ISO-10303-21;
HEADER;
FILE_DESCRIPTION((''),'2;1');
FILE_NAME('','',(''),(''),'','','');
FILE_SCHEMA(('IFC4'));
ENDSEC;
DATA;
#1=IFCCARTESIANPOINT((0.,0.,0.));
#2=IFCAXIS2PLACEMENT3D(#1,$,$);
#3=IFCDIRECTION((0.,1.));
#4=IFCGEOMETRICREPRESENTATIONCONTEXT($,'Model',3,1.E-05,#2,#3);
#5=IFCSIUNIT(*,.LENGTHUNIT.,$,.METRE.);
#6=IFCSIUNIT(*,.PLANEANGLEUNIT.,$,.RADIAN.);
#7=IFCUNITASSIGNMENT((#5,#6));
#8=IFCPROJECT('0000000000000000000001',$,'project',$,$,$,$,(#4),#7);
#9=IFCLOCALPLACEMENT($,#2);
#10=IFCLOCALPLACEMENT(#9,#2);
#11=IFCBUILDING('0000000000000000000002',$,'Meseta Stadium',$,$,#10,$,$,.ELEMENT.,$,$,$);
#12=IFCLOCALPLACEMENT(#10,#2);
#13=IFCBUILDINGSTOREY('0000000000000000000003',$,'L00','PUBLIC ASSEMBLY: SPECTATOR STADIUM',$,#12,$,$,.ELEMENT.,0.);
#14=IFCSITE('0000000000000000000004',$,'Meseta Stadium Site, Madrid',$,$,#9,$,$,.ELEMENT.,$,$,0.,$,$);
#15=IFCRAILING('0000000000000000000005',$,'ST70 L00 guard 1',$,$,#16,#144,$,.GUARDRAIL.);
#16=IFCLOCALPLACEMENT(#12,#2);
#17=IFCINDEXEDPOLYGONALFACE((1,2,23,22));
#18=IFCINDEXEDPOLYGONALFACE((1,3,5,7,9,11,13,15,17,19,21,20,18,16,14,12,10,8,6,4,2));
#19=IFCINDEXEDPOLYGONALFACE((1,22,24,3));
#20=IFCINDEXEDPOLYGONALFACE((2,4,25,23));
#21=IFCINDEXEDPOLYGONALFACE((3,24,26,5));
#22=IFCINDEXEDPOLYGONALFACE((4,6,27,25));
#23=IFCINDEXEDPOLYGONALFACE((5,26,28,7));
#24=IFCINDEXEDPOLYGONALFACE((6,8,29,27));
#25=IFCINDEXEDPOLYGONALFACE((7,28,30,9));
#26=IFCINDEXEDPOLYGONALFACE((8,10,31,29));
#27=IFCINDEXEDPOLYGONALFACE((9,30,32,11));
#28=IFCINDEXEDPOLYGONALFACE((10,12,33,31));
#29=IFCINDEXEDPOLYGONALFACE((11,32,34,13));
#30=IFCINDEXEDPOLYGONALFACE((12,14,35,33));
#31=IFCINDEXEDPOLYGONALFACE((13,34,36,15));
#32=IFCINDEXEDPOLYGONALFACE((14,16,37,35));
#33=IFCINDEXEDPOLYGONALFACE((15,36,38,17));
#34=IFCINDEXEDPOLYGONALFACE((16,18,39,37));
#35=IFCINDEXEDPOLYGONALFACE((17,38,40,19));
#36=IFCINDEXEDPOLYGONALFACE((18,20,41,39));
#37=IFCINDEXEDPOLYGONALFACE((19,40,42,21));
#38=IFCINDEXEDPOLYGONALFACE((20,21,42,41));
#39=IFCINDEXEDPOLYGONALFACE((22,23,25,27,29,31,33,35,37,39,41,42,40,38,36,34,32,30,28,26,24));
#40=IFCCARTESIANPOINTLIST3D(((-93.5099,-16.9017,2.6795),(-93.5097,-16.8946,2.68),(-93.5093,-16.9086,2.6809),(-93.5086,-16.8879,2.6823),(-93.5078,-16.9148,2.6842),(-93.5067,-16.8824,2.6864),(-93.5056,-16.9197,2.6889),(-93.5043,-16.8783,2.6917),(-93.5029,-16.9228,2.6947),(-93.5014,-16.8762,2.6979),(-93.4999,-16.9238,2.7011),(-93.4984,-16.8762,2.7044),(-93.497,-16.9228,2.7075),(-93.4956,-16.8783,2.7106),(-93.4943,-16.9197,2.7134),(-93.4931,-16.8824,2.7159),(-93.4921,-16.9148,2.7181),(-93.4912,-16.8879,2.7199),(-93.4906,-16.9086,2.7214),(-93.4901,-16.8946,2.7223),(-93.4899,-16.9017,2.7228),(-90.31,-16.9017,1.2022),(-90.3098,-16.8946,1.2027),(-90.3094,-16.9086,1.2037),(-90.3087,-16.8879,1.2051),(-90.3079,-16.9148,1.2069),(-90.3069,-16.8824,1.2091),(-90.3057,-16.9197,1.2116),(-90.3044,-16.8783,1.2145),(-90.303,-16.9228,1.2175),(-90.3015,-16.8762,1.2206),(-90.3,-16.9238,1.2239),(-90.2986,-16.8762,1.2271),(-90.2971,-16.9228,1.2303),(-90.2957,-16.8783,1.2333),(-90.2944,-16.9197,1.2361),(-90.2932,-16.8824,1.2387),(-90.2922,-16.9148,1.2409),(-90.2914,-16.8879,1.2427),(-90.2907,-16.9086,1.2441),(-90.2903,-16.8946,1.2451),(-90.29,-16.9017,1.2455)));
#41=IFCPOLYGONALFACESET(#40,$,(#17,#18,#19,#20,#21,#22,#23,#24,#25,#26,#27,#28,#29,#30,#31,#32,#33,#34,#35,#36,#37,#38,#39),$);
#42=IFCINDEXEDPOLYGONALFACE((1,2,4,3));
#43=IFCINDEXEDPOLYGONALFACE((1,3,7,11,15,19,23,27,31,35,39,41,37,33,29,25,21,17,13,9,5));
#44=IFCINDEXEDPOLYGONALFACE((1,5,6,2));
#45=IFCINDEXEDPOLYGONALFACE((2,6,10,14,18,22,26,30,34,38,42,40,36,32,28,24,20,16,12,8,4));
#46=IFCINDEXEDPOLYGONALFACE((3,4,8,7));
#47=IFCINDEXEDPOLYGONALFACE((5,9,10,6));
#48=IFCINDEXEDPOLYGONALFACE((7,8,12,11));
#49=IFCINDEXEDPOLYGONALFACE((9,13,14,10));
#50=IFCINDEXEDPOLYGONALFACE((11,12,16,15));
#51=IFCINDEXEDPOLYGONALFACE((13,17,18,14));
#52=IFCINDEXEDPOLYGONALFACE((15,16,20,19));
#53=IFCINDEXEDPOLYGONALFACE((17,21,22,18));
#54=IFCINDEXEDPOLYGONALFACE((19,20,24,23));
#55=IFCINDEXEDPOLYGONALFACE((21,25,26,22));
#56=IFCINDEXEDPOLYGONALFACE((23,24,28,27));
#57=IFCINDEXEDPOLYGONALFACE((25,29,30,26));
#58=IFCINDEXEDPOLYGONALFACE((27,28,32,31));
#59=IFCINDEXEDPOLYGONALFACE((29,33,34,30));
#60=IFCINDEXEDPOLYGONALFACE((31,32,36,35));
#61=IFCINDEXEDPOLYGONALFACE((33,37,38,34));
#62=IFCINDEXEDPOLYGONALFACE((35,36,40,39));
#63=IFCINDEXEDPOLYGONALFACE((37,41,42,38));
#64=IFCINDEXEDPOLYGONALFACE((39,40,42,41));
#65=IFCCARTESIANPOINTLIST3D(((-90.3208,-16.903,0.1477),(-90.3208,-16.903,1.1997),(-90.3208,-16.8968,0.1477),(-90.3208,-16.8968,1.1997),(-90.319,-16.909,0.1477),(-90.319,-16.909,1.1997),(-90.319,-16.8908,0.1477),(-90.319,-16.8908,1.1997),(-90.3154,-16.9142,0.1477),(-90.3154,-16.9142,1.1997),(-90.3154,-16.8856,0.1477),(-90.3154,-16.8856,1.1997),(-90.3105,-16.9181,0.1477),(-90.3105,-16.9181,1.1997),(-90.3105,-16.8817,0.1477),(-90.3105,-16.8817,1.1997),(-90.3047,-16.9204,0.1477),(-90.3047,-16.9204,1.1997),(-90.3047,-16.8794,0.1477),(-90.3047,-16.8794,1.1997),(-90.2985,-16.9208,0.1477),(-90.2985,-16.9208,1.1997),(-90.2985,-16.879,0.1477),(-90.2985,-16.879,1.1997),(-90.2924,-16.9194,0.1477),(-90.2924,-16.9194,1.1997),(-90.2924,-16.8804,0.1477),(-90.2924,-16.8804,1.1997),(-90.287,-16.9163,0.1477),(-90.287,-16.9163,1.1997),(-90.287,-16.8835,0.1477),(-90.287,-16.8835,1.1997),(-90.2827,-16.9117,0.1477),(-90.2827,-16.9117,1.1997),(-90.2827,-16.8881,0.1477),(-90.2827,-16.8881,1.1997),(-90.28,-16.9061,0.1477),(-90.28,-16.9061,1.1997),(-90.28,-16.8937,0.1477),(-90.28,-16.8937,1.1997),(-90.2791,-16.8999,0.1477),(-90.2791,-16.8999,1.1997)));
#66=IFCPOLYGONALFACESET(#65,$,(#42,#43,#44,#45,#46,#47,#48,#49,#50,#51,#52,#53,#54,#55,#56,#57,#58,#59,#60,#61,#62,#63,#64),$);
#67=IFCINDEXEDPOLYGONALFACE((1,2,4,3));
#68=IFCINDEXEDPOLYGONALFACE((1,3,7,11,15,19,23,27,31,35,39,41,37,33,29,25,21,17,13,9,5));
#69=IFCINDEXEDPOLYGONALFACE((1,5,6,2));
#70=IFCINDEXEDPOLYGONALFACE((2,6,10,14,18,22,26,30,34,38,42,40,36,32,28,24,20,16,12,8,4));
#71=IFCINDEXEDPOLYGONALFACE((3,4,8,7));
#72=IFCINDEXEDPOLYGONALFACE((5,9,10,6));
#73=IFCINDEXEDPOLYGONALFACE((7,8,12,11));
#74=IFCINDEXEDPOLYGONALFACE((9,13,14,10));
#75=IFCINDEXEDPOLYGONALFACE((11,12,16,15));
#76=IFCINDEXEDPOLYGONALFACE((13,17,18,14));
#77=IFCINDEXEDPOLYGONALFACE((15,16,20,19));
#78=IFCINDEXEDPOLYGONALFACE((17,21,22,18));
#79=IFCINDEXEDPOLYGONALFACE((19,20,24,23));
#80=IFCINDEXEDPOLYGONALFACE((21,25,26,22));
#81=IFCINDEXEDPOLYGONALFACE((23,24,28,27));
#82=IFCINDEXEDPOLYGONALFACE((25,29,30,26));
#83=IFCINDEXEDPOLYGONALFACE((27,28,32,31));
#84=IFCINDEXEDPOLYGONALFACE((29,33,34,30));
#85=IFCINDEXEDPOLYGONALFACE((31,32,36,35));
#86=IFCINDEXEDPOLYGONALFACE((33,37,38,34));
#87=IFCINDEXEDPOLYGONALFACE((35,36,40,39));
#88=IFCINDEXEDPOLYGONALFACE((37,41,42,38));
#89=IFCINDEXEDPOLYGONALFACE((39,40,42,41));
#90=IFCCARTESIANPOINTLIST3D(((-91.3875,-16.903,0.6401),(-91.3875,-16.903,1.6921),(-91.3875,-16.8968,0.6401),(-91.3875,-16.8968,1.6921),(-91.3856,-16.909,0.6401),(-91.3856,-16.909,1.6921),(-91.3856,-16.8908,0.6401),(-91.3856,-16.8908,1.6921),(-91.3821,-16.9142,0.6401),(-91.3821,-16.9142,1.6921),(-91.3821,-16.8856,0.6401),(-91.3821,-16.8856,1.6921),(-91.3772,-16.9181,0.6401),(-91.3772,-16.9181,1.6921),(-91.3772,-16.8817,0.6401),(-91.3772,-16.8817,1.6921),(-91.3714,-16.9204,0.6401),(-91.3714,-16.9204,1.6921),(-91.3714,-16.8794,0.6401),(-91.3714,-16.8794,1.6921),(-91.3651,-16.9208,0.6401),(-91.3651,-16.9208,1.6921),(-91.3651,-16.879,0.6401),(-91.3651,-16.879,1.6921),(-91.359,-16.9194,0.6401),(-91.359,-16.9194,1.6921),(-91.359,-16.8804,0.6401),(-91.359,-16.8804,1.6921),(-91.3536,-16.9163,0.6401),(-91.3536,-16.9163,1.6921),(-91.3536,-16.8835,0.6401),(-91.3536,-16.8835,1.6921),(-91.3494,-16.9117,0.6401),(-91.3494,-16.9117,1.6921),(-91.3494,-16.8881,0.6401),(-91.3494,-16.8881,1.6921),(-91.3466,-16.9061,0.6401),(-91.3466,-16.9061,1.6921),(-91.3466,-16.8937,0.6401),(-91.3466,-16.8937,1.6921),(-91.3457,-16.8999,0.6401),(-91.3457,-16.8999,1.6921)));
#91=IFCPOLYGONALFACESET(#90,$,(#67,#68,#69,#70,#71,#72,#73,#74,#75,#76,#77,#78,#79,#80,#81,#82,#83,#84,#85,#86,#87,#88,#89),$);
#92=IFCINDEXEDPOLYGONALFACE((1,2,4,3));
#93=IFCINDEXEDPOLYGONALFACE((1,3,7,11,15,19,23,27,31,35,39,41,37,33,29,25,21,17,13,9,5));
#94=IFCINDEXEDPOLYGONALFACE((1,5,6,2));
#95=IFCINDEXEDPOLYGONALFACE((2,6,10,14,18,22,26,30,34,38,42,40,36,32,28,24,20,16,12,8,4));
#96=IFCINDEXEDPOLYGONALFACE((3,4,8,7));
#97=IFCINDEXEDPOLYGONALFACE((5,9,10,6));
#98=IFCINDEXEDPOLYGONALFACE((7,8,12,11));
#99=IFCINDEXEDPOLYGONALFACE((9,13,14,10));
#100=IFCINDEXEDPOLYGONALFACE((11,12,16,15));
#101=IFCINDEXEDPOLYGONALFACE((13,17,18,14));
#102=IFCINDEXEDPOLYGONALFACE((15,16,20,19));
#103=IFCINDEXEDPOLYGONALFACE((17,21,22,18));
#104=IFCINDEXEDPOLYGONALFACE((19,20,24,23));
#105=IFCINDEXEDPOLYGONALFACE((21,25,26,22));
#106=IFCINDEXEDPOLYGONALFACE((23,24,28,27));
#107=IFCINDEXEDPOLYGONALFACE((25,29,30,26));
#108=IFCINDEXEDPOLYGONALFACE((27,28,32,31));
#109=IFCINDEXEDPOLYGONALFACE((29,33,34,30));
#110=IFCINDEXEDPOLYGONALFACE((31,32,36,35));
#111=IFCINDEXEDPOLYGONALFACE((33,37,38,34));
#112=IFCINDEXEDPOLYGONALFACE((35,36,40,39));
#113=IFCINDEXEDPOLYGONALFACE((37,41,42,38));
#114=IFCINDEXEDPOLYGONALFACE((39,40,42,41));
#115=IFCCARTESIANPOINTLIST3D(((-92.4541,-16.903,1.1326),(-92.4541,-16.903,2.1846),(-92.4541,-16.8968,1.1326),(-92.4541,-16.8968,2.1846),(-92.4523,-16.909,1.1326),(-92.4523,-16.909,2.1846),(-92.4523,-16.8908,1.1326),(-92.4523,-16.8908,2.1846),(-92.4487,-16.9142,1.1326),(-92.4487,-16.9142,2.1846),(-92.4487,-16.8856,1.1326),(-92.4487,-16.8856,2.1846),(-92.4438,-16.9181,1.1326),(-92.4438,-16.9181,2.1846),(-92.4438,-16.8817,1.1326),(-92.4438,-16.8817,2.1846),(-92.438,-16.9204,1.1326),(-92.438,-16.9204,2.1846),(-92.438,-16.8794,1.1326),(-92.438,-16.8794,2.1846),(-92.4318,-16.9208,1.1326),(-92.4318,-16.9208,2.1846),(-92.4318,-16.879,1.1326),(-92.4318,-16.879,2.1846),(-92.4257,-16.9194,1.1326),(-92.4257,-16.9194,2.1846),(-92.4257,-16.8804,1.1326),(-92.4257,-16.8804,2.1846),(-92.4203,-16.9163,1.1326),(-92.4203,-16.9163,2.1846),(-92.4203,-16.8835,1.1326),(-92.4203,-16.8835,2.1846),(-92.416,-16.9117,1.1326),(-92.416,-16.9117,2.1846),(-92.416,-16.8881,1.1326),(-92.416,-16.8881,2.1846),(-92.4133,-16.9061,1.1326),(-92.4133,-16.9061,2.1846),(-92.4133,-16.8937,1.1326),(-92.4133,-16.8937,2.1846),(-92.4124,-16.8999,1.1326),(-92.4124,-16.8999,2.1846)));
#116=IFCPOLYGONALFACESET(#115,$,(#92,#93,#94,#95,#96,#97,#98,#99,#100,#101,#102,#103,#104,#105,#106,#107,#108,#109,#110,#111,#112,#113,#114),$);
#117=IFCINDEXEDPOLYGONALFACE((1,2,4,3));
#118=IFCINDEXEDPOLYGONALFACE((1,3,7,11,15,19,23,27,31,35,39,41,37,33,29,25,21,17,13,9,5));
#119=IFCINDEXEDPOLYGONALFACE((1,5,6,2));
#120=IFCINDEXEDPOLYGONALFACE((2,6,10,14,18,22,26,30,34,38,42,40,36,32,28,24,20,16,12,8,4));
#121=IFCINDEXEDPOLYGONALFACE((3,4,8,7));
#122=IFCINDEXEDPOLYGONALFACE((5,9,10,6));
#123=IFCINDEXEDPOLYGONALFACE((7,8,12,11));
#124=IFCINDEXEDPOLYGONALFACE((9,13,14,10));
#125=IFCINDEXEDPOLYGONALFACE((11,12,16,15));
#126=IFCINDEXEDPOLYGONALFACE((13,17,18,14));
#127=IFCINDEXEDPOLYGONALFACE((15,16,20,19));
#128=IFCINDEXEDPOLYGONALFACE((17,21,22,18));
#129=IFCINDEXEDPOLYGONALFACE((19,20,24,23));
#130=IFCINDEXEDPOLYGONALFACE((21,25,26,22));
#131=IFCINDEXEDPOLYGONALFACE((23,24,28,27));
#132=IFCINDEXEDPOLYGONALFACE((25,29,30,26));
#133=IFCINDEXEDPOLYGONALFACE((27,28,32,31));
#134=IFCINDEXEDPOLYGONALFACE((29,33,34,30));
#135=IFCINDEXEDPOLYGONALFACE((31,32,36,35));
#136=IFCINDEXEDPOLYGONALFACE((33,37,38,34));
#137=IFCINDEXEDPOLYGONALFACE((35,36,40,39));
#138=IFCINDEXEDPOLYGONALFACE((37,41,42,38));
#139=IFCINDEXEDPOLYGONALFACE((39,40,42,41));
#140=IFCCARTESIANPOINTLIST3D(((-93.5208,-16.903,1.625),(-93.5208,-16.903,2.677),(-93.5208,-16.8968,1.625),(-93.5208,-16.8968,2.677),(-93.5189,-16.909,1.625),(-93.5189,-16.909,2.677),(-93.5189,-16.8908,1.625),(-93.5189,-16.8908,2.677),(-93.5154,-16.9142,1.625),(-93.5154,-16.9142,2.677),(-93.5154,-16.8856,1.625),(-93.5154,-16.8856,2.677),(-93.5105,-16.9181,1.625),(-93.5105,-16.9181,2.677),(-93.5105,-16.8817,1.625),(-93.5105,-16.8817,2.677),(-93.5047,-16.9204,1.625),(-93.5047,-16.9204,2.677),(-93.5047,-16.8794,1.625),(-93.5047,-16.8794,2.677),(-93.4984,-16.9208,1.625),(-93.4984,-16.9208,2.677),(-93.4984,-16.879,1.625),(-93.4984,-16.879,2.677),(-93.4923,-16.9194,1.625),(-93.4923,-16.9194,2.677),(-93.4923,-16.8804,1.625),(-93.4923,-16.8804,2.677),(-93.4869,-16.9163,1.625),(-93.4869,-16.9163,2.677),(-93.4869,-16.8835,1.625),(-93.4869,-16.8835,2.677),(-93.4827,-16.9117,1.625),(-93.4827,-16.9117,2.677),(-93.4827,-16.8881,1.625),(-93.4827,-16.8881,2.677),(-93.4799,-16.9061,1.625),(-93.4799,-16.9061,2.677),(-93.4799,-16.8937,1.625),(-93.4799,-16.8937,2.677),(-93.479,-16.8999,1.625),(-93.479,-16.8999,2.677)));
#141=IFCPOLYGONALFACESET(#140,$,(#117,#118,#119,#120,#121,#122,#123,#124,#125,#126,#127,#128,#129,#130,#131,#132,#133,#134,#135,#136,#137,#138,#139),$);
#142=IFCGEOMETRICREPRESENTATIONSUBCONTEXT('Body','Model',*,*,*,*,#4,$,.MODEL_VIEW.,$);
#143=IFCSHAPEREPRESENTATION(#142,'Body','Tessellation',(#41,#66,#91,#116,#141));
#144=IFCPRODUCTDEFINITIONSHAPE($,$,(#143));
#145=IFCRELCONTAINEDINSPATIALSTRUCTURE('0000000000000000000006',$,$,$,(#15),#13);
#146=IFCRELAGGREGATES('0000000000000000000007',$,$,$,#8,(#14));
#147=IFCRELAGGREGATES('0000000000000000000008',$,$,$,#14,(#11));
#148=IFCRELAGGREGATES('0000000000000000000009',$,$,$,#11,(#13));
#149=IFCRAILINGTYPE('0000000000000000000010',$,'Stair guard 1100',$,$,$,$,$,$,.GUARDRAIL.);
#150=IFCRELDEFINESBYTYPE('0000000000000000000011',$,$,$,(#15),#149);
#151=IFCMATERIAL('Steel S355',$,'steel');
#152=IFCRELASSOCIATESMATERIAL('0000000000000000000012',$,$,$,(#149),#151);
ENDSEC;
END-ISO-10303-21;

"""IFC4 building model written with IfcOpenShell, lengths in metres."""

from ifc_helpers import new_model, si_unit, direction, frame, origin, origin_2d, place, context, subcontext, project, spatial, circle, extrude, material, type_object, element, save


model = new_model("IFC4")

# Units and contexts
model_context = context("Model", 3, precision=1e-05, world=origin(), true_north=direction((0.0, 1.0)))
body_context = subcontext(model_context, "Body", "Model", "MODEL_VIEW")
ifc_project = project(units=[si_unit("LENGTHUNIT", "METRE"), si_unit("PLANEANGLEUNIT", "RADIAN")], contexts=[model_context])

# Site, building, storey
site_placement = place(None, origin())
site = spatial("IfcSite", under=ifc_project, at=site_placement, Name="Meseta Stadium Site, Madrid", CompositionType="ELEMENT", RefElevation=0.0)
building_placement = place(site_placement, origin())
building = spatial("IfcBuilding", under=site, at=building_placement, Name="Meseta Stadium", CompositionType="ELEMENT")
storey_placement = place(building_placement, origin())
storey = spatial("IfcBuildingStorey", under=building, at=storey_placement, Name="L00", Description="PUBLIC ASSEMBLY: SPECTATOR STADIUM", CompositionType="ELEMENT", Elevation=0.0)

# Railing
ifc_material_1 = material(Name="Steel S355", Category="steel")
railing_type_1 = type_object("IfcRailingType", Name="Stair guard 1100", PredefinedType="GUARDRAIL", material=ifc_material_1)
railing_1_placement = place(storey_placement, frame((-90.3, -16.8999, 0.1477)))
element("IfcRailing", 1, at=railing_1_placement, inside=storey, type_object=railing_type_1, Name="ST70 L00 guard 1", PredefinedType="GUARDRAIL", context=body_context, shape_type="SweptSolid", body=[
    extrude(circle(Radius=0.0239, at=origin_2d()), frame((0.0, 0.0, 1.0762), z_axis=(-0.907917, 0.0, 0.41915), x_axis=(0.0, -1.0, 0.0)), (0.0, 0.0, 1.0), 3.5244),
    extrude(circle(Radius=0.021, at=origin_2d()), origin(), (0.0, 0.0, 1.0), 1.052),
    extrude(circle(Radius=0.021, at=origin_2d()), frame((-1.0667, 0.0, 0.4924)), (0.0, 0.0, 1.0), 1.052),
    extrude(circle(Radius=0.021, at=origin_2d()), frame((-2.1333, 0.0, 0.9849)), (0.0, 0.0, 1.0), 1.052),
    extrude(circle(Radius=0.021, at=origin_2d()), frame((-3.2, 0.0, 1.4773)), (0.0, 0.0, 1.0), 1.052),
])

save(model, "model.ifc")
